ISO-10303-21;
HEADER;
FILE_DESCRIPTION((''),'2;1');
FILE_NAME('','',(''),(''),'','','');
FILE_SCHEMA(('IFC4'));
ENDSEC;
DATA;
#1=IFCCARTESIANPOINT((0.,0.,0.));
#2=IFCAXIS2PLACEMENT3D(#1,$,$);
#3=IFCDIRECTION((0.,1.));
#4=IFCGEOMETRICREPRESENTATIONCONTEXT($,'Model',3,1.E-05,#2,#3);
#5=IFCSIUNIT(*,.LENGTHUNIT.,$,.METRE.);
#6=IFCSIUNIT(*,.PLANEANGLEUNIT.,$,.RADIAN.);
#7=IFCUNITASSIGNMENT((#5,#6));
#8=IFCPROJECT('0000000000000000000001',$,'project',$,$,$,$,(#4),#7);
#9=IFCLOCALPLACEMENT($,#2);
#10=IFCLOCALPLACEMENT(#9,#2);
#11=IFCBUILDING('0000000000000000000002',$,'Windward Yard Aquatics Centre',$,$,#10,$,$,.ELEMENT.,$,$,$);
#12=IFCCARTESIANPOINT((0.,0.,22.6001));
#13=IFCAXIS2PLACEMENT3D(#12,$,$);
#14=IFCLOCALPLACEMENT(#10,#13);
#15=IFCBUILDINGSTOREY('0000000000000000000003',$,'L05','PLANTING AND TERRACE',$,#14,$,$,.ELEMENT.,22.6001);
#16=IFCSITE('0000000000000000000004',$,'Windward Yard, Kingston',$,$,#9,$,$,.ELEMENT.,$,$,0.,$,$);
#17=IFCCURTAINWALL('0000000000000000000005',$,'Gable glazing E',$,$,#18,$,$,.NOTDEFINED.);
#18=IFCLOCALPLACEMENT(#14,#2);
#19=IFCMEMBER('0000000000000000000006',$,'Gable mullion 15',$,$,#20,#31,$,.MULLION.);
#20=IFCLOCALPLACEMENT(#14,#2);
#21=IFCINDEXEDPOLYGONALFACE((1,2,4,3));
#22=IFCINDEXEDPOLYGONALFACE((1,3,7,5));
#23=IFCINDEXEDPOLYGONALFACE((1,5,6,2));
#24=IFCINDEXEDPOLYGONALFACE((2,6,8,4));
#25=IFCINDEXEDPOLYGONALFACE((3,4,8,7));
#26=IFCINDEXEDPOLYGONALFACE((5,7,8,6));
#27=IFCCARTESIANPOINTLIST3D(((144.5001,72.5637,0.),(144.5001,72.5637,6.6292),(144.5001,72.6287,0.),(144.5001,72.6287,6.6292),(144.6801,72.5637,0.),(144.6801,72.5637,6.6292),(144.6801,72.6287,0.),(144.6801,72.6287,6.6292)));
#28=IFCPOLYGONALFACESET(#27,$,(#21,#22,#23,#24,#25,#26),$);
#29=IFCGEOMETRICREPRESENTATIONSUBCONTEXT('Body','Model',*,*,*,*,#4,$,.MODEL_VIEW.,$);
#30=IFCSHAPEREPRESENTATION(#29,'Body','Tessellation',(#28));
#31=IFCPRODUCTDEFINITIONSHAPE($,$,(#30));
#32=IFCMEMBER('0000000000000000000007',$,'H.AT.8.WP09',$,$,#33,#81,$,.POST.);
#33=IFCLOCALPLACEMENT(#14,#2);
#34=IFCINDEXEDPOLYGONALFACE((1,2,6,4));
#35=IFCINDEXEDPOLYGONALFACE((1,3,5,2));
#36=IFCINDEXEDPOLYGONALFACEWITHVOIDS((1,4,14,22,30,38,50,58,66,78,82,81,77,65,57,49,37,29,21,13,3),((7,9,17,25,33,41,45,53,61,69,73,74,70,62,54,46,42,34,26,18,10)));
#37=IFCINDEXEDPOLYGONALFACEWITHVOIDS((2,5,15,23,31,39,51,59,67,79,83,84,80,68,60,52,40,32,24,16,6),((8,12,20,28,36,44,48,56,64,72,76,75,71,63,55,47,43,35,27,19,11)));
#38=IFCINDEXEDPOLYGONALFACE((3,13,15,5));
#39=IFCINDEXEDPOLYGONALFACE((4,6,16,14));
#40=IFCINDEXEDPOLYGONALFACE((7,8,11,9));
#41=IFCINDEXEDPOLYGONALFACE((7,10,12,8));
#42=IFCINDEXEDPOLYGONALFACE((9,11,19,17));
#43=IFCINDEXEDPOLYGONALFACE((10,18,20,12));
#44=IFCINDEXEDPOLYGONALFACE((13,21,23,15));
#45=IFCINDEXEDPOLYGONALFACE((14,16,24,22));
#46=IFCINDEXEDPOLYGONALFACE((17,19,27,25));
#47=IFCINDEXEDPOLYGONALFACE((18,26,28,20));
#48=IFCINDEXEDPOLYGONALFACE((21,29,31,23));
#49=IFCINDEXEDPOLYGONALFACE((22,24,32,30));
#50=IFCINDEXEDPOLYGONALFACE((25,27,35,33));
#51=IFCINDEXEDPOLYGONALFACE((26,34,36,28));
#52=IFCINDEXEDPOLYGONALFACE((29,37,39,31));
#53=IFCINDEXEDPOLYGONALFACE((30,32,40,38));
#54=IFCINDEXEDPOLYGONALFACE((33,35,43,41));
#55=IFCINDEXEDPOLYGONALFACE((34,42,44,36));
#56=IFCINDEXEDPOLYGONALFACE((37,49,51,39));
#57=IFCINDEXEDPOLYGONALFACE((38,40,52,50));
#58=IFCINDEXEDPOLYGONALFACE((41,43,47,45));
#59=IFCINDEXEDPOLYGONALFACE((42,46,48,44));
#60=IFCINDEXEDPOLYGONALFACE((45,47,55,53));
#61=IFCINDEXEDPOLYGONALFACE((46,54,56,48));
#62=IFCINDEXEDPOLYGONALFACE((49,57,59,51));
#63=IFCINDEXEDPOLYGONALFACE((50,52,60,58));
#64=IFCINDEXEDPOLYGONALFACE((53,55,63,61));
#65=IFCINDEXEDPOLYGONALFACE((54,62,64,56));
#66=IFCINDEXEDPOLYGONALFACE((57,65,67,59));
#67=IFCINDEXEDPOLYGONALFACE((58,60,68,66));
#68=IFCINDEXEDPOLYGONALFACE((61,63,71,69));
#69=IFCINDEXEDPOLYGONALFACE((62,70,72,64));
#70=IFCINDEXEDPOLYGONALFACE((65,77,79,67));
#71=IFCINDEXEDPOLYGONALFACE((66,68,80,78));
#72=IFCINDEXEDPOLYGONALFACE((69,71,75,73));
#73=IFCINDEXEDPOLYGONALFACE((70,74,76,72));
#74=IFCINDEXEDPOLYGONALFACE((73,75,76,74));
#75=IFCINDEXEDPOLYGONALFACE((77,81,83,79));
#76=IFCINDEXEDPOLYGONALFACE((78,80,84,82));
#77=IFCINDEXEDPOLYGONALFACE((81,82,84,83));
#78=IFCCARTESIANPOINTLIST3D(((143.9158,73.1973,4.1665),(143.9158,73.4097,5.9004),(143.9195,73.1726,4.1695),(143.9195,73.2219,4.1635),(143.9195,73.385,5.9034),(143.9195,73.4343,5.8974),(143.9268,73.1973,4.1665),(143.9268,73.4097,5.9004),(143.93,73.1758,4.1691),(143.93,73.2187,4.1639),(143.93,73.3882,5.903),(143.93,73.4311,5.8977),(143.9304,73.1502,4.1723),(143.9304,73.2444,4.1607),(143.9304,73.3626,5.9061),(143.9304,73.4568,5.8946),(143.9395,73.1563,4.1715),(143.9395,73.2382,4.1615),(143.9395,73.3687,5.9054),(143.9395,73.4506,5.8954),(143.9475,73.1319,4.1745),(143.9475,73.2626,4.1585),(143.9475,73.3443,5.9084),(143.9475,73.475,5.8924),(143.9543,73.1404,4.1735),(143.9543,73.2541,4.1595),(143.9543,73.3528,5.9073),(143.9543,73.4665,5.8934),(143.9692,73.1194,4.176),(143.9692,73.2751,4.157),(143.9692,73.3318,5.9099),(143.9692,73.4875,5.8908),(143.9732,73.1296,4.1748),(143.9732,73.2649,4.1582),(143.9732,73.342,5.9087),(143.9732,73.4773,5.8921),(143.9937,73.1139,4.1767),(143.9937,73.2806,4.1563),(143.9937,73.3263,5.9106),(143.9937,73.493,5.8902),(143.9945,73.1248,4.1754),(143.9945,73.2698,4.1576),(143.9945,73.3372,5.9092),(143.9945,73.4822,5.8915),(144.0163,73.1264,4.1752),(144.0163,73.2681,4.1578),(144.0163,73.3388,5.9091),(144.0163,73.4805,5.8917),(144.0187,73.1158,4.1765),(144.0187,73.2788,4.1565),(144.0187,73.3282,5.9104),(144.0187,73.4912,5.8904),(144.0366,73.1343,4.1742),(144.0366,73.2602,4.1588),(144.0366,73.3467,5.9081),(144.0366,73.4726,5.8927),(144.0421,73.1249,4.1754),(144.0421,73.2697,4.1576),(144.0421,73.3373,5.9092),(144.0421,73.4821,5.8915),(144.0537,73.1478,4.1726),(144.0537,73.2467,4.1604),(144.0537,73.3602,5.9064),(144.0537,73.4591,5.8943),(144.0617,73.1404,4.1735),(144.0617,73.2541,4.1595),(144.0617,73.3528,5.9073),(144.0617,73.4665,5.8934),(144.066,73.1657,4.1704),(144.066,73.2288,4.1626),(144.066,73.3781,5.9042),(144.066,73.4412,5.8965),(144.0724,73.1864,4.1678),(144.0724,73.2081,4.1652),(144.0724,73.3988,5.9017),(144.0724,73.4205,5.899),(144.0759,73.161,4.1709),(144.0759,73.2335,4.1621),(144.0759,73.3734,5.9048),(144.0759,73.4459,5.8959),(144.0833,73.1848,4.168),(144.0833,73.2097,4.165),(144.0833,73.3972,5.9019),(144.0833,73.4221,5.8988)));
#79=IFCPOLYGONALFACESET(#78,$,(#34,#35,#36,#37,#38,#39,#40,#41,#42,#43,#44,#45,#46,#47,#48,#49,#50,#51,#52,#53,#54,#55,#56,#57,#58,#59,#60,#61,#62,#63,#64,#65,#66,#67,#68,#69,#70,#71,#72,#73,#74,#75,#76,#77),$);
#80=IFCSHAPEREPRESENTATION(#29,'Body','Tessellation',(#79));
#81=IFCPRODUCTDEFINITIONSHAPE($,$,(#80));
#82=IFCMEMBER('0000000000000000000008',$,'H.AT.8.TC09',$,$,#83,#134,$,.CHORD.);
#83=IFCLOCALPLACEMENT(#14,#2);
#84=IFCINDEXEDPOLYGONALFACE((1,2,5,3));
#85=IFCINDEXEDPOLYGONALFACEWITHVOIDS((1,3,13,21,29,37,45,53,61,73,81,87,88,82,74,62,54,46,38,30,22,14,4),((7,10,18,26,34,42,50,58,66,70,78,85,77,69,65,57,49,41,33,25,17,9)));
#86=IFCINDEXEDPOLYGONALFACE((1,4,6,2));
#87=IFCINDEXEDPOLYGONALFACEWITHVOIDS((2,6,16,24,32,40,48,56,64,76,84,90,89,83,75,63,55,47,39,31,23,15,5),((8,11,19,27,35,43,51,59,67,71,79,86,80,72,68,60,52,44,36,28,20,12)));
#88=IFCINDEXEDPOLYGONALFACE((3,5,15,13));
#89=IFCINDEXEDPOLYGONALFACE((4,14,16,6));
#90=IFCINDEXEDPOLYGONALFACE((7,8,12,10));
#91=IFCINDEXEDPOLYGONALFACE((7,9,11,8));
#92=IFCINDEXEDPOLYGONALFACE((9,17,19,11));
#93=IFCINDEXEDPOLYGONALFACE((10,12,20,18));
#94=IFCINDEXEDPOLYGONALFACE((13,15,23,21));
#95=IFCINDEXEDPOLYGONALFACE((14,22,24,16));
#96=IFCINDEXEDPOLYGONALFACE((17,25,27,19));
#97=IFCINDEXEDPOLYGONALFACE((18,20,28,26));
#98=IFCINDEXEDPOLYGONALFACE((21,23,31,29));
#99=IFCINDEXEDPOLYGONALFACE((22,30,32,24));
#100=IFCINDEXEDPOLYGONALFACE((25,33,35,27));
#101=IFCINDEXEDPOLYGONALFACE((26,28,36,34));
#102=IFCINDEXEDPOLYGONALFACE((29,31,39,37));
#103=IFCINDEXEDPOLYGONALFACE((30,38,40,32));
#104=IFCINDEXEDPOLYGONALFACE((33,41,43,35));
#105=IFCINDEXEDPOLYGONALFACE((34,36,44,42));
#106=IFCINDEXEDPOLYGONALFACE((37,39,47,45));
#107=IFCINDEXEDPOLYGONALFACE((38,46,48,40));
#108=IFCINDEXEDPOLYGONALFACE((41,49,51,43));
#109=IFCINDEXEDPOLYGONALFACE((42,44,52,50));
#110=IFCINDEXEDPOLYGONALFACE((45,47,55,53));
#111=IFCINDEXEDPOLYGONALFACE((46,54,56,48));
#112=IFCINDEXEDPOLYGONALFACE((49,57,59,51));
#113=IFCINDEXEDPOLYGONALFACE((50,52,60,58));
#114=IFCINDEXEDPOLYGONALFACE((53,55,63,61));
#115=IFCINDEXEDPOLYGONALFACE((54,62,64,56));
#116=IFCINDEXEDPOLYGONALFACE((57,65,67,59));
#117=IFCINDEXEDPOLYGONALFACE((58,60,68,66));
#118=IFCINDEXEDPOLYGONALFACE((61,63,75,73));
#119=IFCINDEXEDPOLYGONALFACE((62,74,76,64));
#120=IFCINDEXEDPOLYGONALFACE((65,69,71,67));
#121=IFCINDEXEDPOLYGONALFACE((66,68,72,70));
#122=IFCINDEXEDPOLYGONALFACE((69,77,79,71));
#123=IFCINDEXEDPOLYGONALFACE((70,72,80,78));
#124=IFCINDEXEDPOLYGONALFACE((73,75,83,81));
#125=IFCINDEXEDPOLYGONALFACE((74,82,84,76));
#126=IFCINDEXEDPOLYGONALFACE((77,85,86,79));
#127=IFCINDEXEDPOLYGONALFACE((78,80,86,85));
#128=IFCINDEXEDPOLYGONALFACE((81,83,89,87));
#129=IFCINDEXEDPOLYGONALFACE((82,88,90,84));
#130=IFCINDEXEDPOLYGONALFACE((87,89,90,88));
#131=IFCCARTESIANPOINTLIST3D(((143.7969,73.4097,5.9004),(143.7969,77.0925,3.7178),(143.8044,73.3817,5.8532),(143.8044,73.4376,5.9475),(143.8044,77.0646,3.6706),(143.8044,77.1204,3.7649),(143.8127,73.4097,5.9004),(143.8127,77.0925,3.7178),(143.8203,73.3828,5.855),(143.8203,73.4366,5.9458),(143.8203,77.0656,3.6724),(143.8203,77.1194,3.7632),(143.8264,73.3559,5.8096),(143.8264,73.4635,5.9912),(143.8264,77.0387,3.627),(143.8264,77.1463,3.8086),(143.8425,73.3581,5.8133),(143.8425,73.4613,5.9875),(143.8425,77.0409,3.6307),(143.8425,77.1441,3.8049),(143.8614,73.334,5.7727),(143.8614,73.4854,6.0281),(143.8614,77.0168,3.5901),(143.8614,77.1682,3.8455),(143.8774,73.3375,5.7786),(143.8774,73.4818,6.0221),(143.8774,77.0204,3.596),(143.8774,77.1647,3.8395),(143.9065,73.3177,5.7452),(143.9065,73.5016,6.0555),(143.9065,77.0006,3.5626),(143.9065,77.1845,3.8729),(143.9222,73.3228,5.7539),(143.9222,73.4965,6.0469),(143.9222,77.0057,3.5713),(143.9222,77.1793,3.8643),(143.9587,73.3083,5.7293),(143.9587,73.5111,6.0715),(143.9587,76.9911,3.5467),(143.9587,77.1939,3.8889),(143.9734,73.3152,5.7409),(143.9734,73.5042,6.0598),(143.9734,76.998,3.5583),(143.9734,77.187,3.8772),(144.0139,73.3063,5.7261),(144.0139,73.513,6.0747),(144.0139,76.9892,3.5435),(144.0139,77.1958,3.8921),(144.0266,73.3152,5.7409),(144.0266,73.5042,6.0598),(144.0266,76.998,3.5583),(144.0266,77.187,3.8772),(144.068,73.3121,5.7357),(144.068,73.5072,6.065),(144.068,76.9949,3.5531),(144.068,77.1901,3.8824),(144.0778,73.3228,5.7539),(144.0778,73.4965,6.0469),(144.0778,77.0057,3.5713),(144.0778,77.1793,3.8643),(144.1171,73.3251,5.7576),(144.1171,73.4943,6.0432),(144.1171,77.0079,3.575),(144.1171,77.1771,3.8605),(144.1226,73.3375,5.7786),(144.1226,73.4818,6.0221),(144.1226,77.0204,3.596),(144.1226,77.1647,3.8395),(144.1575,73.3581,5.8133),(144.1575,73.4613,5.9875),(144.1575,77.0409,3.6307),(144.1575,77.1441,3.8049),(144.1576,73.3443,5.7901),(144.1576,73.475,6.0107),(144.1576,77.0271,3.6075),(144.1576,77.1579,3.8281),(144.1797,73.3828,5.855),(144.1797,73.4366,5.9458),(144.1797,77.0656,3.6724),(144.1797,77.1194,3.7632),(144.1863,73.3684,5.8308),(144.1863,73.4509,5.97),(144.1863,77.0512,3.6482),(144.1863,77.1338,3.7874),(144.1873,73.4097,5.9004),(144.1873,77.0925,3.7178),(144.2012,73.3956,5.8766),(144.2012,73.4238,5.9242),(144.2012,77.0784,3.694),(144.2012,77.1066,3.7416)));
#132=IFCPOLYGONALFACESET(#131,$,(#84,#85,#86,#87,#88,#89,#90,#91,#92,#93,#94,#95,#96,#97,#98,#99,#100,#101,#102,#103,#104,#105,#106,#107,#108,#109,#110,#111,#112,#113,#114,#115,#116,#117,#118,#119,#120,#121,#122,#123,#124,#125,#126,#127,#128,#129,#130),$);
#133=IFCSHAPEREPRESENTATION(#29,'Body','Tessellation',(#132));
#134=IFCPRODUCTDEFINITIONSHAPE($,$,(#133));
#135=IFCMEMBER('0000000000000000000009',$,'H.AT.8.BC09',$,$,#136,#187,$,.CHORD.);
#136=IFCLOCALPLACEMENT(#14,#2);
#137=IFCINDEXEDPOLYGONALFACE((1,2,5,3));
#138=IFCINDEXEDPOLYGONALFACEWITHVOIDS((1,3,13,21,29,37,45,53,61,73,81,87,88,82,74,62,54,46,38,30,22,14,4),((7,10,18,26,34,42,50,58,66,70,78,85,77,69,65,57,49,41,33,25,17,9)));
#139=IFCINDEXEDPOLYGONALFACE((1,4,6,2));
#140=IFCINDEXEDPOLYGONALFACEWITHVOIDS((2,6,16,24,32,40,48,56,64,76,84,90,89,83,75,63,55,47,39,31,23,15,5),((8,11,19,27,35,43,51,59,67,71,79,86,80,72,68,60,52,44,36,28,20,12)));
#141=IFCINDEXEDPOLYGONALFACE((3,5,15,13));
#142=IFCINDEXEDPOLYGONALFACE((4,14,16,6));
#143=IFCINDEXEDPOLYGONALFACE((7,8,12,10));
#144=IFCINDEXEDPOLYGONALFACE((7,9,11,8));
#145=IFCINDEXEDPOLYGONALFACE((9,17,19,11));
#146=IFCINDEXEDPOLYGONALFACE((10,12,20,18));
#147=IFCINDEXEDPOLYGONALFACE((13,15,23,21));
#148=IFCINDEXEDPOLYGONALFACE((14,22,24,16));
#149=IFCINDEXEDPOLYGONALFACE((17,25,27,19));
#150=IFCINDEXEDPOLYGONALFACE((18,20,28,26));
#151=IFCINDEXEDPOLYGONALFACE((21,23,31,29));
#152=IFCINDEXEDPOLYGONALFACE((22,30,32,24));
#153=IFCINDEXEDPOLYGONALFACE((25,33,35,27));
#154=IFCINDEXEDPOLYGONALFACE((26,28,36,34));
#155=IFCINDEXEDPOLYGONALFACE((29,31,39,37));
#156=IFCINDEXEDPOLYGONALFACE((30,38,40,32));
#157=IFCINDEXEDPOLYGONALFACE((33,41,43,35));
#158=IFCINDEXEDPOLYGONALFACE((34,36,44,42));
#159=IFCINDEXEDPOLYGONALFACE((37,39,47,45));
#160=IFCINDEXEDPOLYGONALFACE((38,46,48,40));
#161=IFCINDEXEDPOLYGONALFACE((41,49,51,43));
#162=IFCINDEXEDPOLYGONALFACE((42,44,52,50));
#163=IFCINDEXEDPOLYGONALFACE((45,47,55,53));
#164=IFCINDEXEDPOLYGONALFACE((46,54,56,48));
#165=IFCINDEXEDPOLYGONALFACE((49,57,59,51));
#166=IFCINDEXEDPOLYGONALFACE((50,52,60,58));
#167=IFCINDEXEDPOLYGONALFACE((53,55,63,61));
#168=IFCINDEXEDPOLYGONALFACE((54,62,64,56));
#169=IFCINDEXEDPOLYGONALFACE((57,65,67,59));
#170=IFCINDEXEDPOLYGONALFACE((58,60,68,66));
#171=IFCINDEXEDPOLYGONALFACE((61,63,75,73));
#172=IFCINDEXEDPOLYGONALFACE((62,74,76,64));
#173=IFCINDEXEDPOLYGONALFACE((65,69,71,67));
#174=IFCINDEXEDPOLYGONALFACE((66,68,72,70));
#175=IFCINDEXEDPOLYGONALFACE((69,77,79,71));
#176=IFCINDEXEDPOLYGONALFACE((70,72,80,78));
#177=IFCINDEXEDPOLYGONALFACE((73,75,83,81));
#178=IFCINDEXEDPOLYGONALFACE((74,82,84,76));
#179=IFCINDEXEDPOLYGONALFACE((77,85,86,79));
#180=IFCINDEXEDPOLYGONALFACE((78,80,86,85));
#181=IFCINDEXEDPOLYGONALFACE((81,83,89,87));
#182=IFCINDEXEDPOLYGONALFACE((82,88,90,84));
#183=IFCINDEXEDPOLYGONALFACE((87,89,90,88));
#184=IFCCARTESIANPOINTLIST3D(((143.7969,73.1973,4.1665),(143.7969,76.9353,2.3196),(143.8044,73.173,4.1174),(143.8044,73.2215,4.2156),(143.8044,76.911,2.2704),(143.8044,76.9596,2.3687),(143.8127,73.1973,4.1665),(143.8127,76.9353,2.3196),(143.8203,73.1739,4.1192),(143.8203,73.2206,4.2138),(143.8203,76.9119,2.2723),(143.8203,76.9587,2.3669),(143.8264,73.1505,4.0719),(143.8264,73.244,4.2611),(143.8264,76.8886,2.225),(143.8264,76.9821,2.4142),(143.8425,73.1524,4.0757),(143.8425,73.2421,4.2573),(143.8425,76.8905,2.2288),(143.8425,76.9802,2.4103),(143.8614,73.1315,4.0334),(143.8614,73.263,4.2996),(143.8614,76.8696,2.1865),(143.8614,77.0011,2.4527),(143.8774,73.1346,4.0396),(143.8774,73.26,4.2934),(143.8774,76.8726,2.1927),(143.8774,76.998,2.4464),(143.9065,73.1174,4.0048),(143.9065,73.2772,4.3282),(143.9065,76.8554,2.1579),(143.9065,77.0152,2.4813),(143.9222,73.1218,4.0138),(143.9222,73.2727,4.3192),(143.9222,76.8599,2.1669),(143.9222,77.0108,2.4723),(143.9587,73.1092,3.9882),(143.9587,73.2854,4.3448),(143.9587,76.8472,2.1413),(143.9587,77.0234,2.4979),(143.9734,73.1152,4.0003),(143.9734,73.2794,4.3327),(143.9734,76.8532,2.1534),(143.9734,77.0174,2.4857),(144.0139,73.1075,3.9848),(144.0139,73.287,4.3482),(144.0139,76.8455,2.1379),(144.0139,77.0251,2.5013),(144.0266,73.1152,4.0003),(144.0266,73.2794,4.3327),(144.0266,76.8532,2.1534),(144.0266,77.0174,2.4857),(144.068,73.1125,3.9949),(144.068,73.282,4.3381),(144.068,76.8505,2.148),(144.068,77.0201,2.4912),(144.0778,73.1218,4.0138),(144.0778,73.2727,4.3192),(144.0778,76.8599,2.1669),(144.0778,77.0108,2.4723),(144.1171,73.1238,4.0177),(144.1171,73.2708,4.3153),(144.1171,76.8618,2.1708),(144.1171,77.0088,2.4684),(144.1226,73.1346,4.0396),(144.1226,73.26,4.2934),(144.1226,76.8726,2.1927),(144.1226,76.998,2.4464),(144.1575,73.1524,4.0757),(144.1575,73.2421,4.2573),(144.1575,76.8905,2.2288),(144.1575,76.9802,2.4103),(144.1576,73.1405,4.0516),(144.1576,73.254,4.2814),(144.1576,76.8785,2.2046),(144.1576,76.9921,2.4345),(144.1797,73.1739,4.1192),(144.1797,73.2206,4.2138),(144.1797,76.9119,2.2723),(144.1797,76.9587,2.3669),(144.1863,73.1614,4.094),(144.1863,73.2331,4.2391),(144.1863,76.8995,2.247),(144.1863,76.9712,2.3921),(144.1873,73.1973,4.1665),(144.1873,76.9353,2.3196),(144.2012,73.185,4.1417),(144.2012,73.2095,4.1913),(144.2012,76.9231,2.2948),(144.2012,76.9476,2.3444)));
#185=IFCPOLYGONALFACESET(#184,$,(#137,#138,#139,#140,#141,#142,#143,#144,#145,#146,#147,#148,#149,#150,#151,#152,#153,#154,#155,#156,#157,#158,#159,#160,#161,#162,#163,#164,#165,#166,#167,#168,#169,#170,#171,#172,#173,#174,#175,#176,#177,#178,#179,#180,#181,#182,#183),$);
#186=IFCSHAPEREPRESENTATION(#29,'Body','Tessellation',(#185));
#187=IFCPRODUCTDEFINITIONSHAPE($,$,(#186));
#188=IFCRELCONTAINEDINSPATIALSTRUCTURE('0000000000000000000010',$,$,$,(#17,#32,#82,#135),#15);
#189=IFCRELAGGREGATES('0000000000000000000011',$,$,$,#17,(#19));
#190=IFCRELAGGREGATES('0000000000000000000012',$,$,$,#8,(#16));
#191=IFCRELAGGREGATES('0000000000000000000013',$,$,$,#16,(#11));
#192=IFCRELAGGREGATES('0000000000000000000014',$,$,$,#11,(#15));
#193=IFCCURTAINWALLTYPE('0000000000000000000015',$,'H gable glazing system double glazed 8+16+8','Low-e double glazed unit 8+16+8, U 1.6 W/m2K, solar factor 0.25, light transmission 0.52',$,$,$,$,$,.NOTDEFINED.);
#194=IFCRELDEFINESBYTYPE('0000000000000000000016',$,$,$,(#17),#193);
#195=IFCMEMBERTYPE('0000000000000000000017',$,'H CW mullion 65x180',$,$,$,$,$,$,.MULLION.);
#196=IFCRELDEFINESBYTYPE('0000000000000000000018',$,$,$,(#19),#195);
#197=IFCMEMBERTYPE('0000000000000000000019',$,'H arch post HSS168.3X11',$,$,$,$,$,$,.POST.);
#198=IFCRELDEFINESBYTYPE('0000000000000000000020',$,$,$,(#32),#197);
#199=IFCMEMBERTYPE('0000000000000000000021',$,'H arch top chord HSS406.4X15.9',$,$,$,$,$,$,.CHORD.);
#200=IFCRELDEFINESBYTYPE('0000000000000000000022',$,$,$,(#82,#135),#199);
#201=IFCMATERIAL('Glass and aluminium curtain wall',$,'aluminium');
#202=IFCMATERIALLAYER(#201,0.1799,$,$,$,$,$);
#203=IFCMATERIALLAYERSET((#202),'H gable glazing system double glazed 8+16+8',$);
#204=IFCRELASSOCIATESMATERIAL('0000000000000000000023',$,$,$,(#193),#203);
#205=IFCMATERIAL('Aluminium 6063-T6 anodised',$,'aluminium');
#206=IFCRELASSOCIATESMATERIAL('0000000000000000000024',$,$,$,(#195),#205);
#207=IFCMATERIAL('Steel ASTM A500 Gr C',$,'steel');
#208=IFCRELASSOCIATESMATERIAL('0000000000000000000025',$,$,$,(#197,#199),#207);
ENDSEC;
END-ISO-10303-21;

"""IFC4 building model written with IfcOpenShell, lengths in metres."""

from ifc_helpers import new_model, si_unit, direction, frame, origin, origin_2d, place, context, subcontext, project, spatial, rectangle, hollow_circle, extrude, material, layer, layer_set, material_profile, profile_set, type_object, element, aggregate, save


model = new_model("IFC4")

# Units and contexts
model_context = context("Model", 3, precision=1e-05, world=origin(), true_north=direction((0.0, 1.0)))
body_context = subcontext(model_context, "Body", "Model", "MODEL_VIEW")
ifc_project = project(units=[si_unit("LENGTHUNIT", "METRE"), si_unit("PLANEANGLEUNIT", "RADIAN")], contexts=[model_context])

# Site, building, storey
site_placement = place(None, origin())
site = spatial("IfcSite", under=ifc_project, at=site_placement, Name="Windward Yard, Kingston", CompositionType="ELEMENT", RefElevation=0.0)
building_placement = place(site_placement, origin())
building = spatial("IfcBuilding", under=site, at=building_placement, Name="Windward Yard Aquatics Centre", CompositionType="ELEMENT")
storey_placement = place(building_placement, frame((0.0, 0.0, 22.6001)))
storey = spatial("IfcBuildingStorey", under=building, at=storey_placement, Name="L05", Description="PLANTING AND TERRACE", CompositionType="ELEMENT", Elevation=22.6001)

# Curtain wall, member
ifc_material_1 = material(Name="Glass and aluminium curtain wall", Category="aluminium")
ifc_layer_1 = layer(ifc_material_1, 0.1799)
ifc_layer_set_1 = layer_set([ifc_layer_1], Name="H gable glazing system double glazed 8+16+8")
curtain_wall_type = type_object("IfcCurtainWallType", Name="H gable glazing system double glazed 8+16+8", Description="Low-e double glazed unit 8+16+8, U 1.6 W/m2K, solar factor 0.25, light transmission 0.52", PredefinedType="NOTDEFINED", material=ifc_layer_set_1)
curtain_wall_placement = place(storey_placement, origin())
curtain_wall = element("IfcCurtainWall", 1, at=curtain_wall_placement, inside=storey, type_object=curtain_wall_type, Name="Gable glazing E", PredefinedType="NOTDEFINED")
ifc_material_2 = material(Name="Aluminium 6063-T6 anodised", Category="aluminium")
ifc_material_profile_1 = material_profile(ifc_material_2, rectangle(XDim=0.0649, YDim=0.1799, at=origin_2d()), Name="H CW mullion 65x180")
ifc_profile_set_1 = profile_set([ifc_material_profile_1], Name="Aluminium 6063-T6 anodised")
member_type_1 = type_object("IfcMemberType", Name="H CW mullion 65x180", PredefinedType="MULLION", material=ifc_profile_set_1)
member_1_placement = place(storey_placement, frame((144.5901, 72.5962, 0.0), z_axis=(0.0, 0.0, 1.0), x_axis=(0.0, 1.0, 0.0)))
member_1 = element("IfcMember", 2, at=member_1_placement, type_object=member_type_1, Name="Gable mullion 15", PredefinedType="MULLION", context=body_context, shape_type="SweptSolid", body=[
    extrude(rectangle(XDim=0.0649, YDim=0.1799, at=origin_2d()), origin(), (0.0, 0.0, 1.0), 6.6292),
])

# Members
ifc_material_3 = material(Name="Steel ASTM A500 Gr C", Category="steel")
ifc_material_profile_2 = material_profile(ifc_material_3, hollow_circle(Radius=0.0842, WallThickness=0.011, at=origin_2d()), Name="HSS168.3X11")
ifc_profile_set_2 = profile_set([ifc_material_profile_2], Name="Steel ASTM A500 Gr C")
member_type_2 = type_object("IfcMemberType", Name="H arch post HSS168.3X11", PredefinedType="POST", material=ifc_profile_set_2)
member_2_placement = place(storey_placement, frame((144.0, 73.1973, 4.1665), z_axis=(0.0, 0.121592, 0.99258), x_axis=(-1.0, 0.0, 0.0)))
element("IfcMember", 3, at=member_2_placement, inside=storey, type_object=member_type_2, Name="H.AT.8.WP09", PredefinedType="POST", context=body_context, shape_type="SweptSolid", body=[
    extrude(hollow_circle(Radius=0.0842, WallThickness=0.011, at=origin_2d()), origin(), (0.0, 0.0, 1.0), 1.7468),
])
ifc_material_profile_3 = material_profile(ifc_material_3, hollow_circle(Radius=0.2031, WallThickness=0.0159, at=origin_2d()), Name="HSS406.4X15.9")
ifc_profile_set_3 = profile_set([ifc_material_profile_3], Name="Steel ASTM A500 Gr C")
member_type_3 = type_object("IfcMemberType", Name="H arch top chord HSS406.4X15.9", PredefinedType="CHORD", material=ifc_profile_set_3)
member_3_placement = place(storey_placement, frame((144.0, 73.4097, 5.9004), z_axis=(0.0, 0.860273, -0.509834), x_axis=(-1.0, 0.0, 0.0)))
element("IfcMember", 4, at=member_3_placement, inside=storey, type_object=member_type_3, Name="H.AT.8.TC09", PredefinedType="CHORD", context=body_context, shape_type="SweptSolid", body=[
    extrude(hollow_circle(Radius=0.2031, WallThickness=0.0159, at=origin_2d()), origin(), (0.0, 0.0, 1.0), 4.281),
])
member_4_placement = place(storey_placement, frame((144.0, 73.1973, 4.1665), z_axis=(0.0, 0.896537, -0.442969), x_axis=(-1.0, 0.0, 0.0)))
element("IfcMember", 5, at=member_4_placement, inside=storey, type_object=member_type_3, Name="H.AT.8.BC09", PredefinedType="CHORD", context=body_context, shape_type="SweptSolid", body=[
    extrude(hollow_circle(Radius=0.2031, WallThickness=0.0159, at=origin_2d()), origin(), (0.0, 0.0, 1.0), 4.1694),
])

aggregate(curtain_wall, [member_1])

save(model, "model.ifc")
